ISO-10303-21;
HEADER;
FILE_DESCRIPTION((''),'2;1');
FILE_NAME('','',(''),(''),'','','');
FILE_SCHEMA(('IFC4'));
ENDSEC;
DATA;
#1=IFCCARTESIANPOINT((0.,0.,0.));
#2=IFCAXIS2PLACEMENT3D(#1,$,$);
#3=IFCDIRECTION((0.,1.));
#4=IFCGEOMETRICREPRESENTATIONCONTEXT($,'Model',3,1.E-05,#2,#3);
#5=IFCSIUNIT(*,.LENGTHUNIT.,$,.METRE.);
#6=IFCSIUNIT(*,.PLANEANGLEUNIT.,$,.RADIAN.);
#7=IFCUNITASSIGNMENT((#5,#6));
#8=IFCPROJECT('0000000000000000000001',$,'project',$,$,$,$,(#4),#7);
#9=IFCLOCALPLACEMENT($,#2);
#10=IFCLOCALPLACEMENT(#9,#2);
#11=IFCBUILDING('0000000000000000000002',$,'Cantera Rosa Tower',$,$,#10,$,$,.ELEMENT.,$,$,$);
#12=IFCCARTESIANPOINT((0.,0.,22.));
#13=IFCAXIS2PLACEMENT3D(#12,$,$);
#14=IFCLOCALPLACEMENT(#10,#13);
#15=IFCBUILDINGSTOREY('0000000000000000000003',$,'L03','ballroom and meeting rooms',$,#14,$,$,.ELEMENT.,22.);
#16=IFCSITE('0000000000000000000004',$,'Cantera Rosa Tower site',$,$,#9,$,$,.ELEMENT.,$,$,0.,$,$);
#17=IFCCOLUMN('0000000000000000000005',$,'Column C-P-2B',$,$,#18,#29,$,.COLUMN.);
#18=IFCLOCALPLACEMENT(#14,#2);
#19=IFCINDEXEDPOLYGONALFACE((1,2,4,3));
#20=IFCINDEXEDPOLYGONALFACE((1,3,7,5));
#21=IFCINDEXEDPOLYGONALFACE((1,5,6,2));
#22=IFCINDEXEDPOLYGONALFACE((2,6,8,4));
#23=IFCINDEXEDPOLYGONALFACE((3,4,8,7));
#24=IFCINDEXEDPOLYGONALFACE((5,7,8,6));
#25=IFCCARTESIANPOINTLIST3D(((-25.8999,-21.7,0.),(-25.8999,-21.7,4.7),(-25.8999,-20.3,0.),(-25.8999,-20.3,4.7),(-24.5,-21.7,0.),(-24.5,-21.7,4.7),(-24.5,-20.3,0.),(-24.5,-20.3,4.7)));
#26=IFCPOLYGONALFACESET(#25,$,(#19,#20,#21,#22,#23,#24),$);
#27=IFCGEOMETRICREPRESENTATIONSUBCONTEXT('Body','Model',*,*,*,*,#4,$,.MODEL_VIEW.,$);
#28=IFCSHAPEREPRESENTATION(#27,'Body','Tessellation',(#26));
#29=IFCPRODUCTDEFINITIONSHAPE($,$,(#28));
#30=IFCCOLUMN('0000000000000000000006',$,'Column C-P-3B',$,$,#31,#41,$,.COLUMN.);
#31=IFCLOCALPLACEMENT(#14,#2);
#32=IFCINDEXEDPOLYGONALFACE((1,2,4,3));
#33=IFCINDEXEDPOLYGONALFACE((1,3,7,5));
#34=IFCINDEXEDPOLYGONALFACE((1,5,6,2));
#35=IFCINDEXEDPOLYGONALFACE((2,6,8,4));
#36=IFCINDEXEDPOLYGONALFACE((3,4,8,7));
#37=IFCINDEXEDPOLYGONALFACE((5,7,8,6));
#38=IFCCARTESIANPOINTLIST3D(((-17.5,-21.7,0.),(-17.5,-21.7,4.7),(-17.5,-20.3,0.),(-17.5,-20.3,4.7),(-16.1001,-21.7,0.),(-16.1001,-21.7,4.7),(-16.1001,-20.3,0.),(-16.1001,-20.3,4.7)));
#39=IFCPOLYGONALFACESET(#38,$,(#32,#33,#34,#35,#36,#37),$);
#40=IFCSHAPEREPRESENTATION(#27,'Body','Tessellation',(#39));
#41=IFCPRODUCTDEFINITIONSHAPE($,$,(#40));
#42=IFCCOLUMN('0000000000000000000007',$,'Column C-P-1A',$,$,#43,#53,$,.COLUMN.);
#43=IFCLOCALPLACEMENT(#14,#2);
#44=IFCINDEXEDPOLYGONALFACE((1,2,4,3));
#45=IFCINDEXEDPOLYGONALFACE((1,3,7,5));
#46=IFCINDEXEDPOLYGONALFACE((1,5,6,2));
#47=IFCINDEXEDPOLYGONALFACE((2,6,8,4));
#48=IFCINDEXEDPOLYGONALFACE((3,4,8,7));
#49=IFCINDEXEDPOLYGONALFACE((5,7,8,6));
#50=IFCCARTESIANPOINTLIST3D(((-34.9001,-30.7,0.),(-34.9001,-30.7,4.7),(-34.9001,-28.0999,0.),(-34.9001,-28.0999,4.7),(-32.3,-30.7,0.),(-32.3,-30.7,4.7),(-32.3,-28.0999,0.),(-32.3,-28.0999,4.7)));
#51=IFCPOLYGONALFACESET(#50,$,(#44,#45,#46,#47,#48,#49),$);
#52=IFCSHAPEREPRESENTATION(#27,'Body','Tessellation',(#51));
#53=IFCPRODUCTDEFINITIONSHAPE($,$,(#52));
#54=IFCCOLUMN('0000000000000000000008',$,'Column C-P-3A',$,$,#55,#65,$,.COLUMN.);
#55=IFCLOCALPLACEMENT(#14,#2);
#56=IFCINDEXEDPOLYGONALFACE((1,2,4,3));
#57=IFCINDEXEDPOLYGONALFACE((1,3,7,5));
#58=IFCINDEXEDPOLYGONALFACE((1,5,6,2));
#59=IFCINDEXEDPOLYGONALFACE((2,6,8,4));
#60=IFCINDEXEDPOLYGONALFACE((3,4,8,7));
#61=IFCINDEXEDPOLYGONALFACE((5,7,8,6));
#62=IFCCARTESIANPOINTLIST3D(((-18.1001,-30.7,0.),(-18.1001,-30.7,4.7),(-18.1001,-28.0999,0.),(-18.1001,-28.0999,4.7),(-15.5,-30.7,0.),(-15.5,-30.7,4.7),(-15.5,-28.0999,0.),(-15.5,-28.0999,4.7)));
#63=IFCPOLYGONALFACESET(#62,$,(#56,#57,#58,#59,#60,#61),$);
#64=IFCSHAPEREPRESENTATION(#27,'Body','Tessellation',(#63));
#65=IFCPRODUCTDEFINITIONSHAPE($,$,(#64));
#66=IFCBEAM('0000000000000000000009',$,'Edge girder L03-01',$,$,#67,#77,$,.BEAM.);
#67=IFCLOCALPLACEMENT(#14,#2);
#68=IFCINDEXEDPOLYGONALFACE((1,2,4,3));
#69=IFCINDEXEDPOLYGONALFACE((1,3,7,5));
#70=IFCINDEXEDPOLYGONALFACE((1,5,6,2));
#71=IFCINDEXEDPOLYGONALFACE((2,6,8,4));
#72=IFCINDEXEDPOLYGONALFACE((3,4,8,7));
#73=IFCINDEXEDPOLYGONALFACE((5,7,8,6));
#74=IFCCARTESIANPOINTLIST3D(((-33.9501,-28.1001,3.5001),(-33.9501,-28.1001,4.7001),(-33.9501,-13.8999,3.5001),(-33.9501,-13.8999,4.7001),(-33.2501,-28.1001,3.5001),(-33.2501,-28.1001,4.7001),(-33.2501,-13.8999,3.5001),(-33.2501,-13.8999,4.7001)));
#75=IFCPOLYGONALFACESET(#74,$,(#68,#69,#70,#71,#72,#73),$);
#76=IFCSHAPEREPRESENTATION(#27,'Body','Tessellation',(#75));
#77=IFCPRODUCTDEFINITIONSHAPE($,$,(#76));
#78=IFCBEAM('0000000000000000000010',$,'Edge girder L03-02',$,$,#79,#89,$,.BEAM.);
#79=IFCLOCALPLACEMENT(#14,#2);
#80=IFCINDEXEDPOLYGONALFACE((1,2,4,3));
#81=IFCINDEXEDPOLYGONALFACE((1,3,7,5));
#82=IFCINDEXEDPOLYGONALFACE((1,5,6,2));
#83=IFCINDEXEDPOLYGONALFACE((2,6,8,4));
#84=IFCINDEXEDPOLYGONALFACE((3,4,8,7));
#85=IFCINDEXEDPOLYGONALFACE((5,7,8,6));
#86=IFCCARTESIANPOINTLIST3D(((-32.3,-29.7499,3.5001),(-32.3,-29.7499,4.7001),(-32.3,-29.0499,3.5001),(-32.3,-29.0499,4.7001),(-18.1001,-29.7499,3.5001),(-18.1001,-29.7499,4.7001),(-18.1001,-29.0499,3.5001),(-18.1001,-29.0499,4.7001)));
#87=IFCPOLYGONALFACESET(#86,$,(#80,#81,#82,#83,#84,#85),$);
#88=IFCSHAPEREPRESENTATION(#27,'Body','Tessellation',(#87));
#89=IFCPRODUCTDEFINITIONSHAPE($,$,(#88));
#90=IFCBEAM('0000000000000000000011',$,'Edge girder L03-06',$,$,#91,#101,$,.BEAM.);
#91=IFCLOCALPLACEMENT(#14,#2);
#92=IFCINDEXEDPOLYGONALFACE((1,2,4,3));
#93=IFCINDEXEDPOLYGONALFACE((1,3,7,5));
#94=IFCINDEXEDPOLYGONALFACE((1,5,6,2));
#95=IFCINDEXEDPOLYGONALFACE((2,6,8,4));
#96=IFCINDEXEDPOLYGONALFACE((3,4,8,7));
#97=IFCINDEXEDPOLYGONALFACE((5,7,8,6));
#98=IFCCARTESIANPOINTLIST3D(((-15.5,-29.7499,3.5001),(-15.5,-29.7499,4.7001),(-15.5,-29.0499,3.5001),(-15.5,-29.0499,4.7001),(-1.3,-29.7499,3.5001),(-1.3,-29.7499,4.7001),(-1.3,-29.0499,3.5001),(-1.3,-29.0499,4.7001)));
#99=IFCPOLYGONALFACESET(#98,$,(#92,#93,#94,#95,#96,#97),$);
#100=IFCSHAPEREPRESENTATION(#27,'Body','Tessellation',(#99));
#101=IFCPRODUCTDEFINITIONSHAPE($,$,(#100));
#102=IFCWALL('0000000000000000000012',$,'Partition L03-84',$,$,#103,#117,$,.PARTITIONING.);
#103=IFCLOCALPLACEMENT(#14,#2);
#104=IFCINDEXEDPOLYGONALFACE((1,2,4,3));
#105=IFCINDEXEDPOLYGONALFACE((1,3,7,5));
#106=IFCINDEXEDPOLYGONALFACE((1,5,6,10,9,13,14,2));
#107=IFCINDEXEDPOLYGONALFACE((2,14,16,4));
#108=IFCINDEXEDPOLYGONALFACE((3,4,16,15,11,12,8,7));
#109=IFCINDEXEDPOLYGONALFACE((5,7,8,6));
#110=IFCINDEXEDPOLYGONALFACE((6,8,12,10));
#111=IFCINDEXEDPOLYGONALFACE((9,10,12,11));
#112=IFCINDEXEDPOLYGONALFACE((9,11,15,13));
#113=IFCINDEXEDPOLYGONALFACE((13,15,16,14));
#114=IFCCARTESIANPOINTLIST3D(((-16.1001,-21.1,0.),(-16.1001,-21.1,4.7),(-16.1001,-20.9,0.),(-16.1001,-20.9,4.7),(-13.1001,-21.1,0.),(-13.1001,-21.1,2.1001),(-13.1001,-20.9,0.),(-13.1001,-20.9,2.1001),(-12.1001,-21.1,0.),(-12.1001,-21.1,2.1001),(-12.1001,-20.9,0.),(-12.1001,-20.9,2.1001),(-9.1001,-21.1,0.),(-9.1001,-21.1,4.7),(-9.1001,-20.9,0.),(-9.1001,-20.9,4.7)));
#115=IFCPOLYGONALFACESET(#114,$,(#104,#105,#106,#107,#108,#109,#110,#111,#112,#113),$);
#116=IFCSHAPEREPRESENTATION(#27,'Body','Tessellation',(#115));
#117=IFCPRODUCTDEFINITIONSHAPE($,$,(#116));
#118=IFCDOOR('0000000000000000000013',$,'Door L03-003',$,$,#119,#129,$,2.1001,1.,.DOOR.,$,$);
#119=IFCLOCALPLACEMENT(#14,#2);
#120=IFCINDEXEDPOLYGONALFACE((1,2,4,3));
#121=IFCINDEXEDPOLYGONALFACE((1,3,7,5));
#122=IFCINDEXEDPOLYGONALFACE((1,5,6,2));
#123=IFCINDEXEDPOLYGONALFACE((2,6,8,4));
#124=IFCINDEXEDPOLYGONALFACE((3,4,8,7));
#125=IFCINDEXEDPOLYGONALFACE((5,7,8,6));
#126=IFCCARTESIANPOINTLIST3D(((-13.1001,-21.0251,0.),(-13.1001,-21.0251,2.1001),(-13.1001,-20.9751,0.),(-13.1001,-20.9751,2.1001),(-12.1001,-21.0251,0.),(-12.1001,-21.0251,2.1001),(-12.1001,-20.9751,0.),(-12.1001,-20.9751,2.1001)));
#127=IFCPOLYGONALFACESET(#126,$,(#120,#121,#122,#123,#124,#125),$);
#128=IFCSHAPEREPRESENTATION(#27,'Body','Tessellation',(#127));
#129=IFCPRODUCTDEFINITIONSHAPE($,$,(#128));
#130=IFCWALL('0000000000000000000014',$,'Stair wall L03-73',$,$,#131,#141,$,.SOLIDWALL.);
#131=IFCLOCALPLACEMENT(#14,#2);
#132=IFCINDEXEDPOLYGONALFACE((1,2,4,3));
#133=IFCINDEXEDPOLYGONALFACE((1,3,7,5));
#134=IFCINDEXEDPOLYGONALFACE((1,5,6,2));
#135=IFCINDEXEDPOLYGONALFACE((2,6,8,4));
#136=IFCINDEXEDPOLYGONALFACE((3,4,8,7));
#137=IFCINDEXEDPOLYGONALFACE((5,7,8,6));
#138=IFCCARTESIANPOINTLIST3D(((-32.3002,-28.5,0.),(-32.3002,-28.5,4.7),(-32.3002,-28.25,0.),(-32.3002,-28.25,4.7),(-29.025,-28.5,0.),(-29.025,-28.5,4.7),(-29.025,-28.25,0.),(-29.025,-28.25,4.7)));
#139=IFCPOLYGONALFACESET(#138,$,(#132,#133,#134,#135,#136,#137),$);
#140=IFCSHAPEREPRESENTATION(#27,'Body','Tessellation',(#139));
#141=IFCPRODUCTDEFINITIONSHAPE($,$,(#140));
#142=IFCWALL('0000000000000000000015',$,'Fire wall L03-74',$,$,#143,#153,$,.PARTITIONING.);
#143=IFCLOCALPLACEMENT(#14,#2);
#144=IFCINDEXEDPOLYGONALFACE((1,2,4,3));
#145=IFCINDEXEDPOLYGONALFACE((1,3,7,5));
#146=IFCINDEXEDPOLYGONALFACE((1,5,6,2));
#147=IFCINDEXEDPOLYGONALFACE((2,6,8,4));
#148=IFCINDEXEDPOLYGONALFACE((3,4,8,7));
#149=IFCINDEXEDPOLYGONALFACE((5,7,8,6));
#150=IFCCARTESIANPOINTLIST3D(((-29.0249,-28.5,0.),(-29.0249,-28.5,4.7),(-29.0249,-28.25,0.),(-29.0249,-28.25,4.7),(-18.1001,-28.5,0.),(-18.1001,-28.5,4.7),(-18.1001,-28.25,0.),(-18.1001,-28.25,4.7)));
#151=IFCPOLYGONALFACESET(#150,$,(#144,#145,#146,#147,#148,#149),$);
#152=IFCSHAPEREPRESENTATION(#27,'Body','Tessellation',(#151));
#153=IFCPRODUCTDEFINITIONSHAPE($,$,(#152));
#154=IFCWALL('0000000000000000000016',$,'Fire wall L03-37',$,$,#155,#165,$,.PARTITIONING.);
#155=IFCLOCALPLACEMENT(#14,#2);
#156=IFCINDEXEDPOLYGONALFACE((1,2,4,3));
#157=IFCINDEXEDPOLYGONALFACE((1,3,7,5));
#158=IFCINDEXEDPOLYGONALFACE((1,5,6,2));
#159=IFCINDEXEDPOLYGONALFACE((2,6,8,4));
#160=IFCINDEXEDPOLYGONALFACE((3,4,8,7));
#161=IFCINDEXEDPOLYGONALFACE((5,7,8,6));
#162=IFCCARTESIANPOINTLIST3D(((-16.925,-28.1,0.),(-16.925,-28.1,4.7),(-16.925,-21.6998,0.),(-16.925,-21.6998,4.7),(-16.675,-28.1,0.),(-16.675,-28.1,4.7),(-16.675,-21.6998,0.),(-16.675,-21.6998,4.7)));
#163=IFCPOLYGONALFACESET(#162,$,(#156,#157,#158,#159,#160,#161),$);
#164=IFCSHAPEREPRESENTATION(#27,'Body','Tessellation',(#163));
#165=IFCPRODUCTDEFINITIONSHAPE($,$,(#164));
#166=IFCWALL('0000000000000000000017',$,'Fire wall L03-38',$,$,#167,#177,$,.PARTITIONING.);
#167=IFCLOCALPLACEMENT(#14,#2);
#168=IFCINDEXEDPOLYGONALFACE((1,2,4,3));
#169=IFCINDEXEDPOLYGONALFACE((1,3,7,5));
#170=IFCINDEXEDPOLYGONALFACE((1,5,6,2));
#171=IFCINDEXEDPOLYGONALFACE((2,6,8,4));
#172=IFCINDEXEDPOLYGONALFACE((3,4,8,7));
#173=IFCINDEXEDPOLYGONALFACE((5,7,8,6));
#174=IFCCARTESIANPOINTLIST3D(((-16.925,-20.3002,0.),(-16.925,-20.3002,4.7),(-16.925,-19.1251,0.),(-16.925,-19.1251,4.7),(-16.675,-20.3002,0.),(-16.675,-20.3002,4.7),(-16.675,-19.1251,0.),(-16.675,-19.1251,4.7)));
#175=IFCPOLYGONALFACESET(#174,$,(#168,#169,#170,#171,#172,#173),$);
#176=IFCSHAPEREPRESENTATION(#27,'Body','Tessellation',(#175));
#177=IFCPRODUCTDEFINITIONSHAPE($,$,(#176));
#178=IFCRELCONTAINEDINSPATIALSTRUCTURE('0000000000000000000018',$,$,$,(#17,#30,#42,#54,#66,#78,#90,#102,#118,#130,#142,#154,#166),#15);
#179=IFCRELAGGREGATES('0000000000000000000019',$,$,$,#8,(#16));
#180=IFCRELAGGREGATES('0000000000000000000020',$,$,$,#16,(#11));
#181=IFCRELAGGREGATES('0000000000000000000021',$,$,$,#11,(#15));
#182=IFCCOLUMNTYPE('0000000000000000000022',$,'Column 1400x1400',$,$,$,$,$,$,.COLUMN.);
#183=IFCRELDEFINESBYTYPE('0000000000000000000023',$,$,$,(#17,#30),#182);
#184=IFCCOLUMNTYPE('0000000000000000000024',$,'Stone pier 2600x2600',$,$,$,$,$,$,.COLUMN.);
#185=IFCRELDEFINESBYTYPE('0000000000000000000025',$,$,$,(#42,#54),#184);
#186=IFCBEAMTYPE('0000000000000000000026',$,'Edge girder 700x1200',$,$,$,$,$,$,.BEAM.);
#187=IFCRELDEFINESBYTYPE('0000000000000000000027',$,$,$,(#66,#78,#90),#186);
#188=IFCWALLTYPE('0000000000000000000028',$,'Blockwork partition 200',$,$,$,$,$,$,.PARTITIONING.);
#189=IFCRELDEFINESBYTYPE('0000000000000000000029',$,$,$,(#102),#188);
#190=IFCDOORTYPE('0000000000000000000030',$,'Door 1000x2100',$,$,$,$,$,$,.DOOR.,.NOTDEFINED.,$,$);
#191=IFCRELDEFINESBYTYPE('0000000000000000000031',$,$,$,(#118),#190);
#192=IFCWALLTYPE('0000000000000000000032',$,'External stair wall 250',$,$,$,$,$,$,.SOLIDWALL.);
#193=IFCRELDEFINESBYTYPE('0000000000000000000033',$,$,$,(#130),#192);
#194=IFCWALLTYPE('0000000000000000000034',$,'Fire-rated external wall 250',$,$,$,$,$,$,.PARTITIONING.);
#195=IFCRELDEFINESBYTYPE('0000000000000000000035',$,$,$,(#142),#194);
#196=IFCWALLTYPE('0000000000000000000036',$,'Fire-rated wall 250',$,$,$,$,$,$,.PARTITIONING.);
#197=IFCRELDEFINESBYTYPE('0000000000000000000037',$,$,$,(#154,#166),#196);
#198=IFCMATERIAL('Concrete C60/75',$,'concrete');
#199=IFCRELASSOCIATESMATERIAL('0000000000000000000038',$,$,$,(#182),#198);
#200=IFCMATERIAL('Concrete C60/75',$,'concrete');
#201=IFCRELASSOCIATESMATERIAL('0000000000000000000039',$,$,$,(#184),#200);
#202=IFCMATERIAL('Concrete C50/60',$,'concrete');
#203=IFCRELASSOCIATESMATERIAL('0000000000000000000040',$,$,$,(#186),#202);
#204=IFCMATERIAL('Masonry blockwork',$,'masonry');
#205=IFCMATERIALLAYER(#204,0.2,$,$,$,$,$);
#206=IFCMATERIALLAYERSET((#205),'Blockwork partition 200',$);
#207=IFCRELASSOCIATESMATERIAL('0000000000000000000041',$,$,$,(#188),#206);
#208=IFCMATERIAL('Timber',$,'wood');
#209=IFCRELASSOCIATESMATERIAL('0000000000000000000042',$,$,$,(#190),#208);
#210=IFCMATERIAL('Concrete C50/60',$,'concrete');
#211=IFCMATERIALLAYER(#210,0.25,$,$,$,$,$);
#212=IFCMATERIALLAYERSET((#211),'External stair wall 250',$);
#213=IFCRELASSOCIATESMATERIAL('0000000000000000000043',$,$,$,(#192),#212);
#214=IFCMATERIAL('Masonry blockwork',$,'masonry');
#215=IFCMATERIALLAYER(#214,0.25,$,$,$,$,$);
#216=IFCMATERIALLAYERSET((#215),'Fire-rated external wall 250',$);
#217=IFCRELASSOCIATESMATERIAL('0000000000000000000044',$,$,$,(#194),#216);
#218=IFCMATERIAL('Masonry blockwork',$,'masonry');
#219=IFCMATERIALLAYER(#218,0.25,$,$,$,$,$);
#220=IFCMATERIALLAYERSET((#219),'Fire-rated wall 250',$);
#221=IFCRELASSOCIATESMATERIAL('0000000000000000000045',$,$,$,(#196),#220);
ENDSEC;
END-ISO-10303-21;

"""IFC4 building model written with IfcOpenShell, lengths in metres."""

from ifc_helpers import new_model, si_unit, direction, frame, frame_2d, origin, origin_2d, place, context, subcontext, project, spatial, rectangle, extrude, material, layer, layer_set, material_profile, profile_set, type_object, element, fill, save


model = new_model("IFC4")

# Units and contexts
model_context = context("Model", 3, precision=1e-05, world=origin(), true_north=direction((0.0, 1.0)))
body_context = subcontext(model_context, "Body", "Model", "MODEL_VIEW")
ifc_project = project(units=[si_unit("LENGTHUNIT", "METRE"), si_unit("PLANEANGLEUNIT", "RADIAN")], contexts=[model_context])

# Site, building, storey
site_placement = place(None, origin())
site = spatial("IfcSite", under=ifc_project, at=site_placement, Name="Cantera Rosa Tower site", CompositionType="ELEMENT", RefElevation=0.0)
building_placement = place(site_placement, origin())
building = spatial("IfcBuilding", under=site, at=building_placement, Name="Cantera Rosa Tower", CompositionType="ELEMENT")
storey_placement = place(building_placement, frame((0.0, 0.0, 22.0)))
storey = spatial("IfcBuildingStorey", under=building, at=storey_placement, Name="L03", Description="ballroom and meeting rooms", CompositionType="ELEMENT", Elevation=22.0)

# Columns
ifc_material_1 = material(Name="Concrete C60/75", Category="concrete")
ifc_material_profile_1 = material_profile(ifc_material_1, rectangle(XDim=1.3999, YDim=1.3999, at=origin_2d()), Name="Column 1400x1400")
ifc_profile_set_1 = profile_set([ifc_material_profile_1], Name="Concrete C60/75")
column_type_1 = type_object("IfcColumnType", Name="Column 1400x1400", PredefinedType="COLUMN", material=ifc_profile_set_1)
for number, where, z_axis, x_axis, name in (
    (1, (-25.2, -21.0, 0.0), (0.0, 0.0, 1.0), (1.0, 0.0, 0.0), "Column C-P-2B"),
    (2, (-16.8, -21.0, 0.0), (0.0, 0.0, 1.0), (1.0, 0.0, 0.0), "Column C-P-3B"),
):
    element("IfcColumn", number, at=place(storey_placement, frame(where, z_axis=z_axis, x_axis=x_axis)), inside=storey, type_object=column_type_1, Name=name, PredefinedType="COLUMN", context=body_context, shape_type="SweptSolid", body=[
        extrude(rectangle(XDim=1.3999, YDim=1.3999, at=origin_2d()), origin(), (0.0, 0.0, 1.0), 4.7),
    ])
ifc_material_2 = material(Name="Concrete C60/75", Category="concrete")
ifc_material_profile_2 = material_profile(ifc_material_2, rectangle(XDim=2.6001, YDim=2.6001, at=origin_2d()), Name="Stone pier 2600x2600")
ifc_profile_set_2 = profile_set([ifc_material_profile_2], Name="Concrete C60/75")
column_type_2 = type_object("IfcColumnType", Name="Stone pier 2600x2600", PredefinedType="COLUMN", material=ifc_profile_set_2)
for number, where, z_axis, x_axis, name in (
    (3, (-33.6001, -29.3999, 0.0), (0.0, 0.0, 1.0), (1.0, 0.0, 0.0), "Column C-P-1A"),
    (4, (-16.8, -29.3999, 0.0), (0.0, 0.0, 1.0), (1.0, 0.0, 0.0), "Column C-P-3A"),
):
    element("IfcColumn", number, at=place(storey_placement, frame(where, z_axis=z_axis, x_axis=x_axis)), inside=storey, type_object=column_type_2, Name=name, PredefinedType="COLUMN", context=body_context, shape_type="SweptSolid", body=[
        extrude(rectangle(XDim=2.6001, YDim=2.6001, at=origin_2d()), origin(), (0.0, 0.0, 1.0), 4.7),
    ])

# Beams
ifc_material_3 = material(Name="Concrete C50/60", Category="concrete")
ifc_material_profile_3 = material_profile(ifc_material_3, rectangle(XDim=0.7, YDim=1.2, at=origin_2d()), Name="Edge girder 700x1200")
ifc_profile_set_3 = profile_set([ifc_material_profile_3], Name="Concrete C50/60")
beam_type = type_object("IfcBeamType", Name="Edge girder 700x1200", PredefinedType="BEAM", material=ifc_profile_set_3)
beam_placement = place(storey_placement, frame((-33.6001, -28.1001, 4.1001), z_axis=(0.0, 1.0, 0.0), x_axis=(-1.0, 0.0, 0.0)))
element("IfcBeam", 5, at=beam_placement, inside=storey, type_object=beam_type, Name="Edge girder L03-01", PredefinedType="BEAM", context=body_context, shape_type="SweptSolid", body=[
    extrude(rectangle(XDim=0.7, YDim=1.2, at=origin_2d()), origin(), (0.0, 0.0, 1.0), 14.2002),
])
for number, where, z_axis, x_axis, name in (
    (6, (-32.3, -29.3999, 4.1001), (1.0, 0.0, 0.0), (0.0, 1.0, 0.0), "Edge girder L03-02"),
    (7, (-15.5, -29.3999, 4.1001), (1.0, 0.0, 0.0), (0.0, 1.0, 0.0), "Edge girder L03-06"),
):
    element("IfcBeam", number, at=place(storey_placement, frame(where, z_axis=z_axis, x_axis=x_axis)), inside=storey, type_object=beam_type, Name=name, PredefinedType="BEAM", context=body_context, shape_type="SweptSolid", body=[
        extrude(rectangle(XDim=0.7, YDim=1.2, at=origin_2d()), origin(), (0.0, 0.0, 1.0), 14.2),
    ])

# Wall, opening, door
ifc_material_4 = material(Name="Masonry blockwork", Category="masonry")
ifc_layer_1 = layer(ifc_material_4, 0.2)
ifc_layer_set_1 = layer_set([ifc_layer_1], Name="Blockwork partition 200")
wall_type_1 = type_object("IfcWallType", Name="Blockwork partition 200", PredefinedType="PARTITIONING", material=ifc_layer_set_1)
wall_1_placement = place(storey_placement, frame((-16.1001, -21.0, 0.0), z_axis=(0.0, 0.0, 1.0), x_axis=(1.0, 0.0, 0.0)))
wall_1 = element("IfcWall", 8, at=wall_1_placement, inside=storey, type_object=wall_type_1, Name="Partition L03-84", PredefinedType="PARTITIONING", context=body_context, shape_type="SweptSolid", body=[
    extrude(rectangle(XDim=7.0, YDim=0.2, at=frame_2d((3.5, 0.0))), origin(), (0.0, 0.0, 1.0), 4.7),
])
opening_1_placement = place(wall_1_placement, frame((3.0, 0.0, 0.0)))
opening_1 = element("IfcOpeningElement", 9, at=opening_1_placement, cuts=wall_1, PredefinedType="OPENING", context=body_context, shape_type="SweptSolid", body=[
    extrude(rectangle(XDim=1.0, YDim=2.1001, at=frame_2d((0.5, 1.05))), frame((0.0, 0.1099, 0.0), z_axis=(0.0, -1.0, 0.0), x_axis=(1.0, 0.0, 0.0)), (0.0, 0.0, 1.0), 0.22),
])
ifc_material_5 = material(Name="Timber", Category="wood")
door_type_1 = type_object("IfcDoorType", Name="Door 1000x2100", OperationType="NOTDEFINED", PredefinedType="DOOR", material=ifc_material_5)
door_1_placement = place(opening_1_placement, origin())
door_1 = element("IfcDoor", 10, at=door_1_placement, inside=storey, type_object=door_type_1, Name="Door L03-003", OverallHeight=2.1001, OverallWidth=1.0, PredefinedType="DOOR", context=body_context, shape_type="SweptSolid", body=[
    extrude(rectangle(XDim=1.0, YDim=2.1001, at=frame_2d((0.5, 1.05))), frame((0.0, 0.0249, 0.0), z_axis=(0.0, -1.0, 0.0), x_axis=(1.0, 0.0, 0.0)), (0.0, 0.0, 1.0), 0.05),
])
fill(opening_1, door_1)

# Walls
ifc_material_6 = material(Name="Concrete C50/60", Category="concrete")
ifc_layer_2 = layer(ifc_material_6, 0.25)
ifc_layer_set_2 = layer_set([ifc_layer_2], Name="External stair wall 250")
wall_type_2 = type_object("IfcWallType", Name="External stair wall 250", PredefinedType="SOLIDWALL", material=ifc_layer_set_2)
wall_2_placement = place(storey_placement, frame((-29.0249, -28.375, 0.0), z_axis=(0.0, 0.0, 1.0), x_axis=(-1.0, 0.0, 0.0)))
element("IfcWall", 11, at=wall_2_placement, inside=storey, type_object=wall_type_2, Name="Stair wall L03-73", PredefinedType="SOLIDWALL", context=body_context, shape_type="SweptSolid", body=[
    extrude(rectangle(XDim=3.2751, YDim=0.25, at=frame_2d((1.6377, 0.0))), origin(), (0.0, 0.0, 1.0), 4.7),
])
ifc_material_7 = material(Name="Masonry blockwork", Category="masonry")
ifc_layer_3 = layer(ifc_material_7, 0.25)
ifc_layer_set_3 = layer_set([ifc_layer_3], Name="Fire-rated external wall 250")
wall_type_3 = type_object("IfcWallType", Name="Fire-rated external wall 250", PredefinedType="PARTITIONING", material=ifc_layer_set_3)
wall_3_placement = place(storey_placement, frame((-29.0249, -28.375, 0.0), z_axis=(0.0, 0.0, 1.0), x_axis=(1.0, 0.0, 0.0)))
element("IfcWall", 12, at=wall_3_placement, inside=storey, type_object=wall_type_3, Name="Fire wall L03-74", PredefinedType="PARTITIONING", context=body_context, shape_type="SweptSolid", body=[
    extrude(rectangle(XDim=10.9248, YDim=0.25, at=frame_2d((5.4624, 0.0))), origin(), (0.0, 0.0, 1.0), 4.7),
])
ifc_material_8 = material(Name="Masonry blockwork", Category="masonry")
ifc_layer_4 = layer(ifc_material_8, 0.25)
ifc_layer_set_4 = layer_set([ifc_layer_4], Name="Fire-rated wall 250")
wall_type_4 = type_object("IfcWallType", Name="Fire-rated wall 250", PredefinedType="PARTITIONING", material=ifc_layer_set_4)
wall_4_placement = place(storey_placement, frame((-16.8, -28.1001, 0.0), z_axis=(0.0, 0.0, 1.0), x_axis=(0.0, 1.0, 0.0)))
element("IfcWall", 13, at=wall_4_placement, inside=storey, type_object=wall_type_4, Name="Fire wall L03-37", PredefinedType="PARTITIONING", context=body_context, shape_type="SweptSolid", body=[
    extrude(rectangle(XDim=6.4001, YDim=0.25, at=frame_2d((3.2002, 0.0))), origin(), (0.0, 0.0, 1.0), 4.7),
])
wall_5_placement = place(storey_placement, frame((-16.8, -20.3, 0.0), z_axis=(0.0, 0.0, 1.0), x_axis=(0.0, 1.0, 0.0)))
element("IfcWall", 14, at=wall_5_placement, inside=storey, type_object=wall_type_4, Name="Fire wall L03-38", PredefinedType="PARTITIONING", context=body_context, shape_type="SweptSolid", body=[
    extrude(rectangle(XDim=1.175, YDim=0.25, at=frame_2d((0.5874, 0.0))), origin(), (0.0, 0.0, 1.0), 4.7),
])

save(model, "model.ifc")
